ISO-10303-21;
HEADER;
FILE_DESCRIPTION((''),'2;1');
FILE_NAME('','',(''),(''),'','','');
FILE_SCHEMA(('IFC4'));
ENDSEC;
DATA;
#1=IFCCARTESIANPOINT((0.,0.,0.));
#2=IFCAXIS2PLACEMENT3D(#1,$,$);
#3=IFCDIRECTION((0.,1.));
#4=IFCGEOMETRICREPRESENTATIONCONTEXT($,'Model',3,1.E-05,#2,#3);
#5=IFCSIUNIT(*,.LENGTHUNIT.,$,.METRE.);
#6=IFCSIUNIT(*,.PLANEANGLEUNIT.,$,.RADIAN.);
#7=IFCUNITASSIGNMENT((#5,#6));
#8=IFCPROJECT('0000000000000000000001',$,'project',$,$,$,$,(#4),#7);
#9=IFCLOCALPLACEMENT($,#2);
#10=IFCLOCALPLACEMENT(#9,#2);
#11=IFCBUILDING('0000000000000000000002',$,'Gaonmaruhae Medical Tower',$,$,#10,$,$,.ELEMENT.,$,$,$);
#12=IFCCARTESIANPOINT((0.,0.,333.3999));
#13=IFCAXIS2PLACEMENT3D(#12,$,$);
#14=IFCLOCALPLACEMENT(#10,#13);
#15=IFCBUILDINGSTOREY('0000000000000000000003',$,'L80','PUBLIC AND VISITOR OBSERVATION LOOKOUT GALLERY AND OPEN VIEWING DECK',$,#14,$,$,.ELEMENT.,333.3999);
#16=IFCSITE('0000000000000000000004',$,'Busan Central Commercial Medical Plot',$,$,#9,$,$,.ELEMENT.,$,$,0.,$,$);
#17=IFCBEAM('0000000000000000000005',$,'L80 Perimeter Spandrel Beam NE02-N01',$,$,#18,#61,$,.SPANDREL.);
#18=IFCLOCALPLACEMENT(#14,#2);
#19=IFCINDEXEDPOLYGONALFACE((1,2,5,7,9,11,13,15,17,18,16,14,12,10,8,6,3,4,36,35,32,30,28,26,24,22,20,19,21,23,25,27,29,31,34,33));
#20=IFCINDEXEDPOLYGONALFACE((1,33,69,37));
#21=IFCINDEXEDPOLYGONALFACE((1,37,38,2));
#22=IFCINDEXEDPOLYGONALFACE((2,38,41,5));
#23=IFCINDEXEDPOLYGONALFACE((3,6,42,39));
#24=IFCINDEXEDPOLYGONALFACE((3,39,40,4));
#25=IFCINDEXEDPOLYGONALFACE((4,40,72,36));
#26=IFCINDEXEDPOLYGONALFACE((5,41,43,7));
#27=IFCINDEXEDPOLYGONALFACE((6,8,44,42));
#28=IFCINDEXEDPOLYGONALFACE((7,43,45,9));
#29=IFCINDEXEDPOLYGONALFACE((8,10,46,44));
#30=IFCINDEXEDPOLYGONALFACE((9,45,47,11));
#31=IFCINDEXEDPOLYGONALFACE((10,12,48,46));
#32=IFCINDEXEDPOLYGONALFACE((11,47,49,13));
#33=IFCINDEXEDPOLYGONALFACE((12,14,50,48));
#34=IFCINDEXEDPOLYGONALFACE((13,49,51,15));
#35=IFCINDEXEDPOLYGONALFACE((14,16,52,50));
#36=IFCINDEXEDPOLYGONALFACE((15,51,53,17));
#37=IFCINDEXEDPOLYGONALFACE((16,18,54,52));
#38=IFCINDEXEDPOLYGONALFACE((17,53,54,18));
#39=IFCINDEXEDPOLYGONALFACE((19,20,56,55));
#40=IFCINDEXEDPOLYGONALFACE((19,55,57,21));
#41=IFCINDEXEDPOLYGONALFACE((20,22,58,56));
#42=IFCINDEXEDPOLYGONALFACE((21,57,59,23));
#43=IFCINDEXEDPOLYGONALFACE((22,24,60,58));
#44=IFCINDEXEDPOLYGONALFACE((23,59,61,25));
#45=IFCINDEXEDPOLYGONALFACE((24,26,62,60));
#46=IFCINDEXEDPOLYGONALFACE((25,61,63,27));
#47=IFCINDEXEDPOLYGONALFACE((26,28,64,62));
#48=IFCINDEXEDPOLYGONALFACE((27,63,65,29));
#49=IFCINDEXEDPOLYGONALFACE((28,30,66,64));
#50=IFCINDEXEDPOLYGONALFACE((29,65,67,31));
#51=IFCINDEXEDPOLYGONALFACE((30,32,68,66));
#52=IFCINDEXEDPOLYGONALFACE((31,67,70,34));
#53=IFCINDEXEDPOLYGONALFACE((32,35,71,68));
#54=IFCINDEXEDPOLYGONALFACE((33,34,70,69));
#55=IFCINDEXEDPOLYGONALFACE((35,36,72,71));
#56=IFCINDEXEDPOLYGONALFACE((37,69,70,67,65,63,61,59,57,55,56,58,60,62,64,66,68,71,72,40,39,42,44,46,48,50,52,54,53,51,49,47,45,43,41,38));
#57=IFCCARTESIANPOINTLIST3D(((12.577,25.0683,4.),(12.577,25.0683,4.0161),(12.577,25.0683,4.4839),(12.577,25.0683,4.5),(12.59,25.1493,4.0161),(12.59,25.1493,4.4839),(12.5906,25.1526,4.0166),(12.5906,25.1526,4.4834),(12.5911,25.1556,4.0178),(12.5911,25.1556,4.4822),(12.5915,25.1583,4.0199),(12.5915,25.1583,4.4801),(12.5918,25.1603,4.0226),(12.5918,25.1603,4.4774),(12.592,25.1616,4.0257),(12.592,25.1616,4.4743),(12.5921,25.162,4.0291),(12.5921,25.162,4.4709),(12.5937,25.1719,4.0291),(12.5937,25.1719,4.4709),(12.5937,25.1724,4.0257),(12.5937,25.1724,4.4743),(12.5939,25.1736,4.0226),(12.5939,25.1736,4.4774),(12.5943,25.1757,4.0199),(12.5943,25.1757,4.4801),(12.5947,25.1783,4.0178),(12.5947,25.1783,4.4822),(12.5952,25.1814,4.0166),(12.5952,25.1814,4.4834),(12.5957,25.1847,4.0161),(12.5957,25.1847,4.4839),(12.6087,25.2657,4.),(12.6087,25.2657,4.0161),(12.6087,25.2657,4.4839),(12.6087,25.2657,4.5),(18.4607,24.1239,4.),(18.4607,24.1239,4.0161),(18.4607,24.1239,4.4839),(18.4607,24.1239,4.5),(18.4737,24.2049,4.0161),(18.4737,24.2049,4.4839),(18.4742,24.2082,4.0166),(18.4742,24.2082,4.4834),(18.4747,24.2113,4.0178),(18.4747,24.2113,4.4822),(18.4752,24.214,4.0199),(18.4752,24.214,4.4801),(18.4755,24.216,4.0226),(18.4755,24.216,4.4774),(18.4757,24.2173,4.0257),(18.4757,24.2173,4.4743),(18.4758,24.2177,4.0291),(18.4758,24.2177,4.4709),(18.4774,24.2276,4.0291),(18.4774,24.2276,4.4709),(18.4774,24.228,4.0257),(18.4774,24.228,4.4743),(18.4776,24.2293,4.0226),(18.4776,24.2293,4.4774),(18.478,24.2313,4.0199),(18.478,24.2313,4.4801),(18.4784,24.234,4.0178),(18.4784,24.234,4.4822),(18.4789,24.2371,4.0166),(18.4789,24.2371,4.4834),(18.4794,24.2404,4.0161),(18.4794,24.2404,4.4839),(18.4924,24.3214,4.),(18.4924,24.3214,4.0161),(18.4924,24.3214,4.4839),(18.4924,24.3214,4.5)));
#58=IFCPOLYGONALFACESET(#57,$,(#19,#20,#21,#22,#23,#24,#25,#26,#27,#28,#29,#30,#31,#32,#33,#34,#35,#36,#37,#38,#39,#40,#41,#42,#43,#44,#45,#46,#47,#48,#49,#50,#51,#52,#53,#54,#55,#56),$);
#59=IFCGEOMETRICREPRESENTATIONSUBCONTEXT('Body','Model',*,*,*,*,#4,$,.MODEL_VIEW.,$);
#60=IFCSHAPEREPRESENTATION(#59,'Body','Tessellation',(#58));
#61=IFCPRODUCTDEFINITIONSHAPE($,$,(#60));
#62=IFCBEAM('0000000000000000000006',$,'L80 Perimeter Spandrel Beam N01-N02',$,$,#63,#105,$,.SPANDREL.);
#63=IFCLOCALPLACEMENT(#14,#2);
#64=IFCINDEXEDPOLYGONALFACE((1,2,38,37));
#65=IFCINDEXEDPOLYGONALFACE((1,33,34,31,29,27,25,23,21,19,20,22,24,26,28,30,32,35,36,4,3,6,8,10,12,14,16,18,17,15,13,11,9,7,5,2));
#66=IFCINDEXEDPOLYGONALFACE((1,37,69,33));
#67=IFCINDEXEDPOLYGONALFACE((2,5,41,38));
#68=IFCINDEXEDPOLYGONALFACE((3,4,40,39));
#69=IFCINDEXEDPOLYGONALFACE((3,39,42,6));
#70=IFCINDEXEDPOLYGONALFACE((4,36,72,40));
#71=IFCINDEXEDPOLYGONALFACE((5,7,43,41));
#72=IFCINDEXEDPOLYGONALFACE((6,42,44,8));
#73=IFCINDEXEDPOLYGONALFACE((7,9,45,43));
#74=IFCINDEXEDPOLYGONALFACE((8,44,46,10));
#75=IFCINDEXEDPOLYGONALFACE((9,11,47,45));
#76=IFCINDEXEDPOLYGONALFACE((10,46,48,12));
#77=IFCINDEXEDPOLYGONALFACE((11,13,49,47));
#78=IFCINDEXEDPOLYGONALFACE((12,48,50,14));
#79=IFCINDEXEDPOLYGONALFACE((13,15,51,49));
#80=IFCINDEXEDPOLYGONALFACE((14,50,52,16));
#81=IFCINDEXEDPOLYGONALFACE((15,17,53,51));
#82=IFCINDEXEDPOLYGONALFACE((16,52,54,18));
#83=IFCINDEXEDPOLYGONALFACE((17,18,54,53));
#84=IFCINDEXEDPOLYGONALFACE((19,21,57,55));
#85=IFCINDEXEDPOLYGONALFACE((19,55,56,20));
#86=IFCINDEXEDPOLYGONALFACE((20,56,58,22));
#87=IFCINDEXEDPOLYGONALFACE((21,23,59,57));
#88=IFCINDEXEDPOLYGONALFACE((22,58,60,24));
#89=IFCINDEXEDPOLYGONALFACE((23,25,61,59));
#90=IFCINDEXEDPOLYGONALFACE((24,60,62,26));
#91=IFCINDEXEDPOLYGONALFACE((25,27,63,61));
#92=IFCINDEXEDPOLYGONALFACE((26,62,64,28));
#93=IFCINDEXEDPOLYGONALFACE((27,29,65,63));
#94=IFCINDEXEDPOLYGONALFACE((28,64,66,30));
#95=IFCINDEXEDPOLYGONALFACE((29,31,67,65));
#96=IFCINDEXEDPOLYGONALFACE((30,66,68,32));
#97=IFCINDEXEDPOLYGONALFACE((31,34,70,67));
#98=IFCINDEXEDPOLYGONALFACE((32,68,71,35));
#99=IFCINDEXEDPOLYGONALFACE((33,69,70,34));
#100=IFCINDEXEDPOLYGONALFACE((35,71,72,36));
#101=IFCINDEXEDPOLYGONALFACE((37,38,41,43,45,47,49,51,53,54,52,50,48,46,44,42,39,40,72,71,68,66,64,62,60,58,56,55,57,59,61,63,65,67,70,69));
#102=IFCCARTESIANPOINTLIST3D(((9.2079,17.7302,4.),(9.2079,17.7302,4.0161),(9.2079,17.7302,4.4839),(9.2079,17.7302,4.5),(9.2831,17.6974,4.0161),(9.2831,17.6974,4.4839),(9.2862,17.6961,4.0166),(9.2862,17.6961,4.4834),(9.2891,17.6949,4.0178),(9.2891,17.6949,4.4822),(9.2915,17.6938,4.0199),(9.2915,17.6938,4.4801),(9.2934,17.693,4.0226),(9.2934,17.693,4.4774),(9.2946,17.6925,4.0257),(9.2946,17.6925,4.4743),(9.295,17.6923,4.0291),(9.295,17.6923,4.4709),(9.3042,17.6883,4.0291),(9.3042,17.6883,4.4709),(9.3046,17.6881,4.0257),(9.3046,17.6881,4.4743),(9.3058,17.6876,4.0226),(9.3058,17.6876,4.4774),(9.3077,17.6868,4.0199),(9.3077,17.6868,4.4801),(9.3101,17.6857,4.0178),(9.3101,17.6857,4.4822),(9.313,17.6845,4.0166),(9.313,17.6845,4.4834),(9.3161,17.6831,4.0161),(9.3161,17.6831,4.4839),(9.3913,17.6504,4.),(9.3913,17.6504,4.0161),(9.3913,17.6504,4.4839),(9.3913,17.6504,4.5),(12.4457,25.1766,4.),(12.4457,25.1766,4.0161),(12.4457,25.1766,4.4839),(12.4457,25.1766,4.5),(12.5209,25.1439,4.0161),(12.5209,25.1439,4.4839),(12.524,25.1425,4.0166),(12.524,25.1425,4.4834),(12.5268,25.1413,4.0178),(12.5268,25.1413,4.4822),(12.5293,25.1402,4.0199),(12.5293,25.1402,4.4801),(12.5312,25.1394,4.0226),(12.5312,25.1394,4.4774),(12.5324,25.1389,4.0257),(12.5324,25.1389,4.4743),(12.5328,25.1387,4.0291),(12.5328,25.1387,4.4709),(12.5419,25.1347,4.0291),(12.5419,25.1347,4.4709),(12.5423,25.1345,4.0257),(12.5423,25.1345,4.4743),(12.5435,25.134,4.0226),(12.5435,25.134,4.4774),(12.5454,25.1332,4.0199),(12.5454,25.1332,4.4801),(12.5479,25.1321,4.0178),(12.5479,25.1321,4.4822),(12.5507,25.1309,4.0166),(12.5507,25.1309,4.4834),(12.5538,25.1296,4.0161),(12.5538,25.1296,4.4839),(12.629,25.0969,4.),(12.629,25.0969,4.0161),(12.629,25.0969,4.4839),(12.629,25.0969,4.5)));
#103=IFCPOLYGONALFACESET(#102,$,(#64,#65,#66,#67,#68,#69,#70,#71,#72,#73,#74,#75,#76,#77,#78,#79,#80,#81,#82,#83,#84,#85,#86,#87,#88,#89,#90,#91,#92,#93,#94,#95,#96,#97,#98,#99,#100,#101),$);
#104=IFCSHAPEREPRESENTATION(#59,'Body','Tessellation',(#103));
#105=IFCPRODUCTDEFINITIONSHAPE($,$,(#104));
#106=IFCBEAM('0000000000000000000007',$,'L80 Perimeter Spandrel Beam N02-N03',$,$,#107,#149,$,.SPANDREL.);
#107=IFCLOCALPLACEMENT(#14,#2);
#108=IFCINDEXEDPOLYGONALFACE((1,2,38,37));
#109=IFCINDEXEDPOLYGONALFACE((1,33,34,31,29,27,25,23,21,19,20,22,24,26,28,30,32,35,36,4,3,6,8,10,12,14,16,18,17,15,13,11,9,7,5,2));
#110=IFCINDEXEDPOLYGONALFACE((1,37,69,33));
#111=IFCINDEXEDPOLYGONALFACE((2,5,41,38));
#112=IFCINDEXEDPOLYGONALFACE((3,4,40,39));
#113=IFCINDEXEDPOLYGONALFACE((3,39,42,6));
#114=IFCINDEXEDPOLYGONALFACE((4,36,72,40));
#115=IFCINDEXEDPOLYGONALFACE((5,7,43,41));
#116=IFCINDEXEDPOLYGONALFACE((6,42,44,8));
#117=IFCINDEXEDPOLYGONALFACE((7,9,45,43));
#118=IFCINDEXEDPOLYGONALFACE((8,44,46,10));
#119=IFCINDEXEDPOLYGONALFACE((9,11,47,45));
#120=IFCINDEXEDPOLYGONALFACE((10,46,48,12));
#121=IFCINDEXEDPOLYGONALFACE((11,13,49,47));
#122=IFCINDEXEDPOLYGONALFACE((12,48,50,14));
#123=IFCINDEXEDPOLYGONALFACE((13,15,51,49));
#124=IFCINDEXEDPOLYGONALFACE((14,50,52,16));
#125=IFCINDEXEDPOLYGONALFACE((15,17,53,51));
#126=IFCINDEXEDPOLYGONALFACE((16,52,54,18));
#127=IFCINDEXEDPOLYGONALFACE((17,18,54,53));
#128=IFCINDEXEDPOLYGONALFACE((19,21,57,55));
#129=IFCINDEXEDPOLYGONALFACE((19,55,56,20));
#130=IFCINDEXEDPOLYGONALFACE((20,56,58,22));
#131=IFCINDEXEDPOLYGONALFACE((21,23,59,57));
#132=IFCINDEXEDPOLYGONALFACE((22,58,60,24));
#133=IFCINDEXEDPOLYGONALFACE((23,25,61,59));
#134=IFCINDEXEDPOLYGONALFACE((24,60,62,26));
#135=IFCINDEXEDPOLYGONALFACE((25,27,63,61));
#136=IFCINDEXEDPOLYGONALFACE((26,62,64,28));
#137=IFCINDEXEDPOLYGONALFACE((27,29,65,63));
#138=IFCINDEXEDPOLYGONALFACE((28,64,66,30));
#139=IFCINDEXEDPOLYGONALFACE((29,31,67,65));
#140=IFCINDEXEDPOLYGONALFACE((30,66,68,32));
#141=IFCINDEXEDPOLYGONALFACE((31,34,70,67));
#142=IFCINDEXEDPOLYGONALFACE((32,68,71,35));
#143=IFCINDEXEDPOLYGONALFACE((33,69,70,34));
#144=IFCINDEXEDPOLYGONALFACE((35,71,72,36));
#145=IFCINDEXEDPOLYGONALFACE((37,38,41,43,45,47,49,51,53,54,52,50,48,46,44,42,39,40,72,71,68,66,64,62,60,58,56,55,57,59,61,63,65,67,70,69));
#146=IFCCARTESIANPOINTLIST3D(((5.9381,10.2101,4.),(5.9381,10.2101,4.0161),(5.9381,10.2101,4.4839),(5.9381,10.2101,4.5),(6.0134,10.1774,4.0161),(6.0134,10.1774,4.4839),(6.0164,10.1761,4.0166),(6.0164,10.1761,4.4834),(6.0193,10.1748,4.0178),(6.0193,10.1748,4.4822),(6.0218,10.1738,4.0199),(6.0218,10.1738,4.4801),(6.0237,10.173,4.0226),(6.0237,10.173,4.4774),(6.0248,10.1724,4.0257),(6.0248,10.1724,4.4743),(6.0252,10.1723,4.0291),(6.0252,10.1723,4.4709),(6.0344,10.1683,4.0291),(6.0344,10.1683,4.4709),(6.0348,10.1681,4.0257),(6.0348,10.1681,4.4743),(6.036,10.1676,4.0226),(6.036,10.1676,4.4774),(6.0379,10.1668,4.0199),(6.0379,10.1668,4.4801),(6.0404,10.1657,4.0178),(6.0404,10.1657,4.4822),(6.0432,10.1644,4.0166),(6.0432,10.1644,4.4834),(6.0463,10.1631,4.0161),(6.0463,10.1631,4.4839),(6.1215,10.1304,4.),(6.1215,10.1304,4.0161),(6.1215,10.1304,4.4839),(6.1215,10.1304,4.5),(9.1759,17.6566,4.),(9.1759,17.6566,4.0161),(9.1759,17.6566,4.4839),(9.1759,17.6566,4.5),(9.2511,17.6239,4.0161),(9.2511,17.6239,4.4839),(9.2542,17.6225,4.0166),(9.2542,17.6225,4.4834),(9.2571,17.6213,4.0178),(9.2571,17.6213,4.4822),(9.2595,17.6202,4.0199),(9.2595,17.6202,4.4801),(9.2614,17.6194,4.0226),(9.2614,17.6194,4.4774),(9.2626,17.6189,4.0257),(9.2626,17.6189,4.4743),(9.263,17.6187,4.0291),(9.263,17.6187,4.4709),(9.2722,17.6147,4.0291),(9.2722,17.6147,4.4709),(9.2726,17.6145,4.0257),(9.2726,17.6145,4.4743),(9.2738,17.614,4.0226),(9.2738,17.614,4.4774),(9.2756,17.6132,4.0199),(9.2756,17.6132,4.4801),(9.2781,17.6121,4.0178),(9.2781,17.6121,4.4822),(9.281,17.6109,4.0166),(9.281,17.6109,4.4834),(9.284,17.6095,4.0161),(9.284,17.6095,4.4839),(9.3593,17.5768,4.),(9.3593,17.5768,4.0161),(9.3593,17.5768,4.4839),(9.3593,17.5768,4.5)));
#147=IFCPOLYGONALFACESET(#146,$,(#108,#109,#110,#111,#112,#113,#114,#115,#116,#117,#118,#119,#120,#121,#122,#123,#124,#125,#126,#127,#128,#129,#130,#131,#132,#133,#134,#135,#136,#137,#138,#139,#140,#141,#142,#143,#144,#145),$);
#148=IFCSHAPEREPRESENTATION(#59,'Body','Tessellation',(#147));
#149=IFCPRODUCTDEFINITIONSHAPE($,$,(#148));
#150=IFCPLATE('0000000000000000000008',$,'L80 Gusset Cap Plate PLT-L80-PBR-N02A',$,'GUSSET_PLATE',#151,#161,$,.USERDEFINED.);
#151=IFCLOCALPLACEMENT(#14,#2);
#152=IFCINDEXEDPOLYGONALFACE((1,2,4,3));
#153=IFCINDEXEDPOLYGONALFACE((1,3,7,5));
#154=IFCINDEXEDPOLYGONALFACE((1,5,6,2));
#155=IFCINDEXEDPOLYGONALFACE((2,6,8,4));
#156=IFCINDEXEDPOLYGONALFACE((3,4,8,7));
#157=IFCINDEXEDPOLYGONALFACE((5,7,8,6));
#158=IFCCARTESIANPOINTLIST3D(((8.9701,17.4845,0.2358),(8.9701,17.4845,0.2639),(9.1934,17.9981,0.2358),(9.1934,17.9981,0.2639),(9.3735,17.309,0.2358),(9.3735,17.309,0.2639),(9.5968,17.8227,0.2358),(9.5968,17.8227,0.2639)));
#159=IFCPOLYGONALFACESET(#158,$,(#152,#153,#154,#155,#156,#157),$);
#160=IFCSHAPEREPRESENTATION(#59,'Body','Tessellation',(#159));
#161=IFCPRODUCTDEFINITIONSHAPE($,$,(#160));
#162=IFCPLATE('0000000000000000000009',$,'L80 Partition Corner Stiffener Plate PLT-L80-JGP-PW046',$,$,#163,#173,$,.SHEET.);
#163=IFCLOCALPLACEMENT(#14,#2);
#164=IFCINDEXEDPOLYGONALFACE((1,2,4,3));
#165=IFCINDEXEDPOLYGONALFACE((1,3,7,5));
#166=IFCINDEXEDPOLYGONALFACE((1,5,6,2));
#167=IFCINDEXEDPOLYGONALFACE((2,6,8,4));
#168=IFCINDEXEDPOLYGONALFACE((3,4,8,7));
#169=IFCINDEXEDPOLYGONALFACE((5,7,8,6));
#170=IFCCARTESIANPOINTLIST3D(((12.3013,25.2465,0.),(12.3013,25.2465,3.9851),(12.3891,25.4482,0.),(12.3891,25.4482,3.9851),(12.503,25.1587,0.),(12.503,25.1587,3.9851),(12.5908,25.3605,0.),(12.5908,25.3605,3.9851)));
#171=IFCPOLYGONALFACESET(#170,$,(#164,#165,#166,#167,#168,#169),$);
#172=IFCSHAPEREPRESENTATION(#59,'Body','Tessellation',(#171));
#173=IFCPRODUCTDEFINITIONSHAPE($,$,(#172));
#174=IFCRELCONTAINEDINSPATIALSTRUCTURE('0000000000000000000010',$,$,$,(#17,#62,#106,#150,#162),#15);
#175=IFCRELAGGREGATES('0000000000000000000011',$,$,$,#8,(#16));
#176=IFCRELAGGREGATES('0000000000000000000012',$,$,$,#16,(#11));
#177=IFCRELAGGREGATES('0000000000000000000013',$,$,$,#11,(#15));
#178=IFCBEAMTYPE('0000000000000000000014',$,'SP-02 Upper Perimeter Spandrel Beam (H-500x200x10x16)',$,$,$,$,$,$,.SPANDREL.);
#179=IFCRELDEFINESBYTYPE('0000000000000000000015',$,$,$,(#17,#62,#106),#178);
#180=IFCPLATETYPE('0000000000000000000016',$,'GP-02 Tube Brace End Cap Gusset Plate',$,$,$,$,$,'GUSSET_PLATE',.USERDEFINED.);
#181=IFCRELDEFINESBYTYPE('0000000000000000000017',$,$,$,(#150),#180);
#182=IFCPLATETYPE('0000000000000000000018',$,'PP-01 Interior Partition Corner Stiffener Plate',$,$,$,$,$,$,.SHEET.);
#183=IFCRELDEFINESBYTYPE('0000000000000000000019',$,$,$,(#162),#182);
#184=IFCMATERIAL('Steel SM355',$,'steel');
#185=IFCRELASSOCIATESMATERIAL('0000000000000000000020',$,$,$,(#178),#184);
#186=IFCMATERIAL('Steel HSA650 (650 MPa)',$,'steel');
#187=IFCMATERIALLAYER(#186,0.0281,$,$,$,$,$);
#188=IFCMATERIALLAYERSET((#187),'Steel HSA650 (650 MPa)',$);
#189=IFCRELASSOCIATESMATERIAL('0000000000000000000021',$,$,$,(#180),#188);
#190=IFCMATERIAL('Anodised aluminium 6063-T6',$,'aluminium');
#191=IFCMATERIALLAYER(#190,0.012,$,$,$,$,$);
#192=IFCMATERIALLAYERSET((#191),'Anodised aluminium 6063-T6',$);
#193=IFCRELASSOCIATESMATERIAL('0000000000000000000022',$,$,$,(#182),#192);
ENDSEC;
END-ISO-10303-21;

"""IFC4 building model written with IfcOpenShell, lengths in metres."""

from ifc_helpers import new_model, si_unit, direction, frame, origin, origin_2d, place, context, subcontext, project, spatial, rectangle, i_section, extrude, material, layer, layer_set, material_profile, profile_set, type_object, element, save


model = new_model("IFC4")

# Units and contexts
model_context = context("Model", 3, precision=1e-05, world=origin(), true_north=direction((0.0, 1.0)))
body_context = subcontext(model_context, "Body", "Model", "MODEL_VIEW")
ifc_project = project(units=[si_unit("LENGTHUNIT", "METRE"), si_unit("PLANEANGLEUNIT", "RADIAN")], contexts=[model_context])

# Site, building, storey
site_placement = place(None, origin())
site = spatial("IfcSite", under=ifc_project, at=site_placement, Name="Busan Central Commercial Medical Plot", CompositionType="ELEMENT", RefElevation=0.0)
building_placement = place(site_placement, origin())
building = spatial("IfcBuilding", under=site, at=building_placement, Name="Gaonmaruhae Medical Tower", CompositionType="ELEMENT")
storey_placement = place(building_placement, frame((0.0, 0.0, 333.3999)))
storey = spatial("IfcBuildingStorey", under=building, at=storey_placement, Name="L80", Description="PUBLIC AND VISITOR OBSERVATION LOOKOUT GALLERY AND OPEN VIEWING DECK", CompositionType="ELEMENT", Elevation=333.3999)

# Shared definitions
ifc_material_1 = material(Name="Steel SM355", Category="steel")

# Beams
ifc_material_profile_1 = material_profile(ifc_material_1, i_section(OverallWidth=0.2, OverallDepth=0.5, WebThickness=0.01, FlangeThickness=0.0161, FilletRadius=0.0129, at=origin_2d()), Name="H-500x200x10x16")
ifc_profile_set_1 = profile_set([ifc_material_profile_1], Name="Steel SM355")
beam_type_1 = type_object("IfcBeamType", Name="SP-02 Upper Perimeter Spandrel Beam (H-500x200x10x16)", PredefinedType="SPANDREL", material=ifc_profile_set_1)
beam_1_placement = place(storey_placement, frame((18.4766, 24.2227, 4.25), z_axis=(-0.987364, 0.15847, 0.0), x_axis=(-0.15847, -0.987364, 0.0)))
element("IfcBeam", 1, at=beam_1_placement, inside=storey, type_object=beam_type_1, Name="L80 Perimeter Spandrel Beam NE02-N01", PredefinedType="SPANDREL", context=body_context, shape_type="SweptSolid", body=[
    extrude(i_section(OverallWidth=0.2, OverallDepth=0.5, WebThickness=0.01, FlangeThickness=0.0161, FilletRadius=0.0129, at=origin_2d()), origin(), (0.0, 0.0, 1.0), 5.959),
])
for number, where, z_axis, x_axis, name in (
    (2, (12.5374, 25.1367, 4.25), (-0.398744, -0.917062, 0.0), (0.917062, -0.398744, 0.0), "L80 Perimeter Spandrel Beam N01-N02"),
    (3, (9.2676, 17.6167, 4.25), (-0.398744, -0.917062, 0.0), (0.917062, -0.398744, 0.0), "L80 Perimeter Spandrel Beam N02-N03"),
):
    element("IfcBeam", number, at=place(storey_placement, frame(where, z_axis=z_axis, x_axis=x_axis)), inside=storey, type_object=beam_type_1, Name=name, PredefinedType="SPANDREL", context=body_context, shape_type="SweptSolid", body=[
        extrude(i_section(OverallWidth=0.2, OverallDepth=0.5, WebThickness=0.01, FlangeThickness=0.0161, FilletRadius=0.0129, at=origin_2d()), origin(), (0.0, 0.0, 1.0), 8.1199),
    ])

# Plates
ifc_material_2 = material(Name="Steel HSA650 (650 MPa)", Category="steel")
ifc_layer_1 = layer(ifc_material_2, 0.0281)
ifc_layer_set_1 = layer_set([ifc_layer_1], Name="Steel HSA650 (650 MPa)")
plate_type_1 = type_object("IfcPlateType", Name="GP-02 Tube Brace End Cap Gusset Plate", ElementType="GUSSET_PLATE", PredefinedType="USERDEFINED", material=ifc_layer_set_1)
plate_1_placement = place(storey_placement, frame((9.2834, 17.6536, 0.2358), z_axis=(0.0, 0.0, 1.0), x_axis=(0.398749, 0.91706, 0.0)))
element("IfcPlate", 4, at=plate_1_placement, inside=storey, type_object=plate_type_1, Name="L80 Gusset Cap Plate PLT-L80-PBR-N02A", ObjectType="GUSSET_PLATE", PredefinedType="USERDEFINED", context=body_context, shape_type="SweptSolid", body=[
    extrude(rectangle(XDim=0.5601, YDim=0.4399, at=origin_2d()), origin(), (0.0, 0.0, 1.0), 0.0281),
])
ifc_material_3 = material(Name="Anodised aluminium 6063-T6", Category="aluminium")
ifc_layer_2 = layer(ifc_material_3, 0.012)
ifc_layer_set_2 = layer_set([ifc_layer_2], Name="Anodised aluminium 6063-T6")
plate_type_2 = type_object("IfcPlateType", Name="PP-01 Interior Partition Corner Stiffener Plate", PredefinedType="SHEET", material=ifc_layer_set_2)
plate_2_placement = place(storey_placement, frame((12.446, 25.3035, 0.0), z_axis=(0.0, 0.0, 1.0), x_axis=(0.398877, 0.917004, 0.0)))
element("IfcPlate", 5, at=plate_2_placement, inside=storey, type_object=plate_type_2, Name="L80 Partition Corner Stiffener Plate PLT-L80-JGP-PW046", PredefinedType="SHEET", context=body_context, shape_type="SweptSolid", body=[
    extrude(rectangle(XDim=0.22, YDim=0.22, at=origin_2d()), origin(), (0.0, 0.0, 1.0), 3.9851),
])

save(model, "model.ifc")
